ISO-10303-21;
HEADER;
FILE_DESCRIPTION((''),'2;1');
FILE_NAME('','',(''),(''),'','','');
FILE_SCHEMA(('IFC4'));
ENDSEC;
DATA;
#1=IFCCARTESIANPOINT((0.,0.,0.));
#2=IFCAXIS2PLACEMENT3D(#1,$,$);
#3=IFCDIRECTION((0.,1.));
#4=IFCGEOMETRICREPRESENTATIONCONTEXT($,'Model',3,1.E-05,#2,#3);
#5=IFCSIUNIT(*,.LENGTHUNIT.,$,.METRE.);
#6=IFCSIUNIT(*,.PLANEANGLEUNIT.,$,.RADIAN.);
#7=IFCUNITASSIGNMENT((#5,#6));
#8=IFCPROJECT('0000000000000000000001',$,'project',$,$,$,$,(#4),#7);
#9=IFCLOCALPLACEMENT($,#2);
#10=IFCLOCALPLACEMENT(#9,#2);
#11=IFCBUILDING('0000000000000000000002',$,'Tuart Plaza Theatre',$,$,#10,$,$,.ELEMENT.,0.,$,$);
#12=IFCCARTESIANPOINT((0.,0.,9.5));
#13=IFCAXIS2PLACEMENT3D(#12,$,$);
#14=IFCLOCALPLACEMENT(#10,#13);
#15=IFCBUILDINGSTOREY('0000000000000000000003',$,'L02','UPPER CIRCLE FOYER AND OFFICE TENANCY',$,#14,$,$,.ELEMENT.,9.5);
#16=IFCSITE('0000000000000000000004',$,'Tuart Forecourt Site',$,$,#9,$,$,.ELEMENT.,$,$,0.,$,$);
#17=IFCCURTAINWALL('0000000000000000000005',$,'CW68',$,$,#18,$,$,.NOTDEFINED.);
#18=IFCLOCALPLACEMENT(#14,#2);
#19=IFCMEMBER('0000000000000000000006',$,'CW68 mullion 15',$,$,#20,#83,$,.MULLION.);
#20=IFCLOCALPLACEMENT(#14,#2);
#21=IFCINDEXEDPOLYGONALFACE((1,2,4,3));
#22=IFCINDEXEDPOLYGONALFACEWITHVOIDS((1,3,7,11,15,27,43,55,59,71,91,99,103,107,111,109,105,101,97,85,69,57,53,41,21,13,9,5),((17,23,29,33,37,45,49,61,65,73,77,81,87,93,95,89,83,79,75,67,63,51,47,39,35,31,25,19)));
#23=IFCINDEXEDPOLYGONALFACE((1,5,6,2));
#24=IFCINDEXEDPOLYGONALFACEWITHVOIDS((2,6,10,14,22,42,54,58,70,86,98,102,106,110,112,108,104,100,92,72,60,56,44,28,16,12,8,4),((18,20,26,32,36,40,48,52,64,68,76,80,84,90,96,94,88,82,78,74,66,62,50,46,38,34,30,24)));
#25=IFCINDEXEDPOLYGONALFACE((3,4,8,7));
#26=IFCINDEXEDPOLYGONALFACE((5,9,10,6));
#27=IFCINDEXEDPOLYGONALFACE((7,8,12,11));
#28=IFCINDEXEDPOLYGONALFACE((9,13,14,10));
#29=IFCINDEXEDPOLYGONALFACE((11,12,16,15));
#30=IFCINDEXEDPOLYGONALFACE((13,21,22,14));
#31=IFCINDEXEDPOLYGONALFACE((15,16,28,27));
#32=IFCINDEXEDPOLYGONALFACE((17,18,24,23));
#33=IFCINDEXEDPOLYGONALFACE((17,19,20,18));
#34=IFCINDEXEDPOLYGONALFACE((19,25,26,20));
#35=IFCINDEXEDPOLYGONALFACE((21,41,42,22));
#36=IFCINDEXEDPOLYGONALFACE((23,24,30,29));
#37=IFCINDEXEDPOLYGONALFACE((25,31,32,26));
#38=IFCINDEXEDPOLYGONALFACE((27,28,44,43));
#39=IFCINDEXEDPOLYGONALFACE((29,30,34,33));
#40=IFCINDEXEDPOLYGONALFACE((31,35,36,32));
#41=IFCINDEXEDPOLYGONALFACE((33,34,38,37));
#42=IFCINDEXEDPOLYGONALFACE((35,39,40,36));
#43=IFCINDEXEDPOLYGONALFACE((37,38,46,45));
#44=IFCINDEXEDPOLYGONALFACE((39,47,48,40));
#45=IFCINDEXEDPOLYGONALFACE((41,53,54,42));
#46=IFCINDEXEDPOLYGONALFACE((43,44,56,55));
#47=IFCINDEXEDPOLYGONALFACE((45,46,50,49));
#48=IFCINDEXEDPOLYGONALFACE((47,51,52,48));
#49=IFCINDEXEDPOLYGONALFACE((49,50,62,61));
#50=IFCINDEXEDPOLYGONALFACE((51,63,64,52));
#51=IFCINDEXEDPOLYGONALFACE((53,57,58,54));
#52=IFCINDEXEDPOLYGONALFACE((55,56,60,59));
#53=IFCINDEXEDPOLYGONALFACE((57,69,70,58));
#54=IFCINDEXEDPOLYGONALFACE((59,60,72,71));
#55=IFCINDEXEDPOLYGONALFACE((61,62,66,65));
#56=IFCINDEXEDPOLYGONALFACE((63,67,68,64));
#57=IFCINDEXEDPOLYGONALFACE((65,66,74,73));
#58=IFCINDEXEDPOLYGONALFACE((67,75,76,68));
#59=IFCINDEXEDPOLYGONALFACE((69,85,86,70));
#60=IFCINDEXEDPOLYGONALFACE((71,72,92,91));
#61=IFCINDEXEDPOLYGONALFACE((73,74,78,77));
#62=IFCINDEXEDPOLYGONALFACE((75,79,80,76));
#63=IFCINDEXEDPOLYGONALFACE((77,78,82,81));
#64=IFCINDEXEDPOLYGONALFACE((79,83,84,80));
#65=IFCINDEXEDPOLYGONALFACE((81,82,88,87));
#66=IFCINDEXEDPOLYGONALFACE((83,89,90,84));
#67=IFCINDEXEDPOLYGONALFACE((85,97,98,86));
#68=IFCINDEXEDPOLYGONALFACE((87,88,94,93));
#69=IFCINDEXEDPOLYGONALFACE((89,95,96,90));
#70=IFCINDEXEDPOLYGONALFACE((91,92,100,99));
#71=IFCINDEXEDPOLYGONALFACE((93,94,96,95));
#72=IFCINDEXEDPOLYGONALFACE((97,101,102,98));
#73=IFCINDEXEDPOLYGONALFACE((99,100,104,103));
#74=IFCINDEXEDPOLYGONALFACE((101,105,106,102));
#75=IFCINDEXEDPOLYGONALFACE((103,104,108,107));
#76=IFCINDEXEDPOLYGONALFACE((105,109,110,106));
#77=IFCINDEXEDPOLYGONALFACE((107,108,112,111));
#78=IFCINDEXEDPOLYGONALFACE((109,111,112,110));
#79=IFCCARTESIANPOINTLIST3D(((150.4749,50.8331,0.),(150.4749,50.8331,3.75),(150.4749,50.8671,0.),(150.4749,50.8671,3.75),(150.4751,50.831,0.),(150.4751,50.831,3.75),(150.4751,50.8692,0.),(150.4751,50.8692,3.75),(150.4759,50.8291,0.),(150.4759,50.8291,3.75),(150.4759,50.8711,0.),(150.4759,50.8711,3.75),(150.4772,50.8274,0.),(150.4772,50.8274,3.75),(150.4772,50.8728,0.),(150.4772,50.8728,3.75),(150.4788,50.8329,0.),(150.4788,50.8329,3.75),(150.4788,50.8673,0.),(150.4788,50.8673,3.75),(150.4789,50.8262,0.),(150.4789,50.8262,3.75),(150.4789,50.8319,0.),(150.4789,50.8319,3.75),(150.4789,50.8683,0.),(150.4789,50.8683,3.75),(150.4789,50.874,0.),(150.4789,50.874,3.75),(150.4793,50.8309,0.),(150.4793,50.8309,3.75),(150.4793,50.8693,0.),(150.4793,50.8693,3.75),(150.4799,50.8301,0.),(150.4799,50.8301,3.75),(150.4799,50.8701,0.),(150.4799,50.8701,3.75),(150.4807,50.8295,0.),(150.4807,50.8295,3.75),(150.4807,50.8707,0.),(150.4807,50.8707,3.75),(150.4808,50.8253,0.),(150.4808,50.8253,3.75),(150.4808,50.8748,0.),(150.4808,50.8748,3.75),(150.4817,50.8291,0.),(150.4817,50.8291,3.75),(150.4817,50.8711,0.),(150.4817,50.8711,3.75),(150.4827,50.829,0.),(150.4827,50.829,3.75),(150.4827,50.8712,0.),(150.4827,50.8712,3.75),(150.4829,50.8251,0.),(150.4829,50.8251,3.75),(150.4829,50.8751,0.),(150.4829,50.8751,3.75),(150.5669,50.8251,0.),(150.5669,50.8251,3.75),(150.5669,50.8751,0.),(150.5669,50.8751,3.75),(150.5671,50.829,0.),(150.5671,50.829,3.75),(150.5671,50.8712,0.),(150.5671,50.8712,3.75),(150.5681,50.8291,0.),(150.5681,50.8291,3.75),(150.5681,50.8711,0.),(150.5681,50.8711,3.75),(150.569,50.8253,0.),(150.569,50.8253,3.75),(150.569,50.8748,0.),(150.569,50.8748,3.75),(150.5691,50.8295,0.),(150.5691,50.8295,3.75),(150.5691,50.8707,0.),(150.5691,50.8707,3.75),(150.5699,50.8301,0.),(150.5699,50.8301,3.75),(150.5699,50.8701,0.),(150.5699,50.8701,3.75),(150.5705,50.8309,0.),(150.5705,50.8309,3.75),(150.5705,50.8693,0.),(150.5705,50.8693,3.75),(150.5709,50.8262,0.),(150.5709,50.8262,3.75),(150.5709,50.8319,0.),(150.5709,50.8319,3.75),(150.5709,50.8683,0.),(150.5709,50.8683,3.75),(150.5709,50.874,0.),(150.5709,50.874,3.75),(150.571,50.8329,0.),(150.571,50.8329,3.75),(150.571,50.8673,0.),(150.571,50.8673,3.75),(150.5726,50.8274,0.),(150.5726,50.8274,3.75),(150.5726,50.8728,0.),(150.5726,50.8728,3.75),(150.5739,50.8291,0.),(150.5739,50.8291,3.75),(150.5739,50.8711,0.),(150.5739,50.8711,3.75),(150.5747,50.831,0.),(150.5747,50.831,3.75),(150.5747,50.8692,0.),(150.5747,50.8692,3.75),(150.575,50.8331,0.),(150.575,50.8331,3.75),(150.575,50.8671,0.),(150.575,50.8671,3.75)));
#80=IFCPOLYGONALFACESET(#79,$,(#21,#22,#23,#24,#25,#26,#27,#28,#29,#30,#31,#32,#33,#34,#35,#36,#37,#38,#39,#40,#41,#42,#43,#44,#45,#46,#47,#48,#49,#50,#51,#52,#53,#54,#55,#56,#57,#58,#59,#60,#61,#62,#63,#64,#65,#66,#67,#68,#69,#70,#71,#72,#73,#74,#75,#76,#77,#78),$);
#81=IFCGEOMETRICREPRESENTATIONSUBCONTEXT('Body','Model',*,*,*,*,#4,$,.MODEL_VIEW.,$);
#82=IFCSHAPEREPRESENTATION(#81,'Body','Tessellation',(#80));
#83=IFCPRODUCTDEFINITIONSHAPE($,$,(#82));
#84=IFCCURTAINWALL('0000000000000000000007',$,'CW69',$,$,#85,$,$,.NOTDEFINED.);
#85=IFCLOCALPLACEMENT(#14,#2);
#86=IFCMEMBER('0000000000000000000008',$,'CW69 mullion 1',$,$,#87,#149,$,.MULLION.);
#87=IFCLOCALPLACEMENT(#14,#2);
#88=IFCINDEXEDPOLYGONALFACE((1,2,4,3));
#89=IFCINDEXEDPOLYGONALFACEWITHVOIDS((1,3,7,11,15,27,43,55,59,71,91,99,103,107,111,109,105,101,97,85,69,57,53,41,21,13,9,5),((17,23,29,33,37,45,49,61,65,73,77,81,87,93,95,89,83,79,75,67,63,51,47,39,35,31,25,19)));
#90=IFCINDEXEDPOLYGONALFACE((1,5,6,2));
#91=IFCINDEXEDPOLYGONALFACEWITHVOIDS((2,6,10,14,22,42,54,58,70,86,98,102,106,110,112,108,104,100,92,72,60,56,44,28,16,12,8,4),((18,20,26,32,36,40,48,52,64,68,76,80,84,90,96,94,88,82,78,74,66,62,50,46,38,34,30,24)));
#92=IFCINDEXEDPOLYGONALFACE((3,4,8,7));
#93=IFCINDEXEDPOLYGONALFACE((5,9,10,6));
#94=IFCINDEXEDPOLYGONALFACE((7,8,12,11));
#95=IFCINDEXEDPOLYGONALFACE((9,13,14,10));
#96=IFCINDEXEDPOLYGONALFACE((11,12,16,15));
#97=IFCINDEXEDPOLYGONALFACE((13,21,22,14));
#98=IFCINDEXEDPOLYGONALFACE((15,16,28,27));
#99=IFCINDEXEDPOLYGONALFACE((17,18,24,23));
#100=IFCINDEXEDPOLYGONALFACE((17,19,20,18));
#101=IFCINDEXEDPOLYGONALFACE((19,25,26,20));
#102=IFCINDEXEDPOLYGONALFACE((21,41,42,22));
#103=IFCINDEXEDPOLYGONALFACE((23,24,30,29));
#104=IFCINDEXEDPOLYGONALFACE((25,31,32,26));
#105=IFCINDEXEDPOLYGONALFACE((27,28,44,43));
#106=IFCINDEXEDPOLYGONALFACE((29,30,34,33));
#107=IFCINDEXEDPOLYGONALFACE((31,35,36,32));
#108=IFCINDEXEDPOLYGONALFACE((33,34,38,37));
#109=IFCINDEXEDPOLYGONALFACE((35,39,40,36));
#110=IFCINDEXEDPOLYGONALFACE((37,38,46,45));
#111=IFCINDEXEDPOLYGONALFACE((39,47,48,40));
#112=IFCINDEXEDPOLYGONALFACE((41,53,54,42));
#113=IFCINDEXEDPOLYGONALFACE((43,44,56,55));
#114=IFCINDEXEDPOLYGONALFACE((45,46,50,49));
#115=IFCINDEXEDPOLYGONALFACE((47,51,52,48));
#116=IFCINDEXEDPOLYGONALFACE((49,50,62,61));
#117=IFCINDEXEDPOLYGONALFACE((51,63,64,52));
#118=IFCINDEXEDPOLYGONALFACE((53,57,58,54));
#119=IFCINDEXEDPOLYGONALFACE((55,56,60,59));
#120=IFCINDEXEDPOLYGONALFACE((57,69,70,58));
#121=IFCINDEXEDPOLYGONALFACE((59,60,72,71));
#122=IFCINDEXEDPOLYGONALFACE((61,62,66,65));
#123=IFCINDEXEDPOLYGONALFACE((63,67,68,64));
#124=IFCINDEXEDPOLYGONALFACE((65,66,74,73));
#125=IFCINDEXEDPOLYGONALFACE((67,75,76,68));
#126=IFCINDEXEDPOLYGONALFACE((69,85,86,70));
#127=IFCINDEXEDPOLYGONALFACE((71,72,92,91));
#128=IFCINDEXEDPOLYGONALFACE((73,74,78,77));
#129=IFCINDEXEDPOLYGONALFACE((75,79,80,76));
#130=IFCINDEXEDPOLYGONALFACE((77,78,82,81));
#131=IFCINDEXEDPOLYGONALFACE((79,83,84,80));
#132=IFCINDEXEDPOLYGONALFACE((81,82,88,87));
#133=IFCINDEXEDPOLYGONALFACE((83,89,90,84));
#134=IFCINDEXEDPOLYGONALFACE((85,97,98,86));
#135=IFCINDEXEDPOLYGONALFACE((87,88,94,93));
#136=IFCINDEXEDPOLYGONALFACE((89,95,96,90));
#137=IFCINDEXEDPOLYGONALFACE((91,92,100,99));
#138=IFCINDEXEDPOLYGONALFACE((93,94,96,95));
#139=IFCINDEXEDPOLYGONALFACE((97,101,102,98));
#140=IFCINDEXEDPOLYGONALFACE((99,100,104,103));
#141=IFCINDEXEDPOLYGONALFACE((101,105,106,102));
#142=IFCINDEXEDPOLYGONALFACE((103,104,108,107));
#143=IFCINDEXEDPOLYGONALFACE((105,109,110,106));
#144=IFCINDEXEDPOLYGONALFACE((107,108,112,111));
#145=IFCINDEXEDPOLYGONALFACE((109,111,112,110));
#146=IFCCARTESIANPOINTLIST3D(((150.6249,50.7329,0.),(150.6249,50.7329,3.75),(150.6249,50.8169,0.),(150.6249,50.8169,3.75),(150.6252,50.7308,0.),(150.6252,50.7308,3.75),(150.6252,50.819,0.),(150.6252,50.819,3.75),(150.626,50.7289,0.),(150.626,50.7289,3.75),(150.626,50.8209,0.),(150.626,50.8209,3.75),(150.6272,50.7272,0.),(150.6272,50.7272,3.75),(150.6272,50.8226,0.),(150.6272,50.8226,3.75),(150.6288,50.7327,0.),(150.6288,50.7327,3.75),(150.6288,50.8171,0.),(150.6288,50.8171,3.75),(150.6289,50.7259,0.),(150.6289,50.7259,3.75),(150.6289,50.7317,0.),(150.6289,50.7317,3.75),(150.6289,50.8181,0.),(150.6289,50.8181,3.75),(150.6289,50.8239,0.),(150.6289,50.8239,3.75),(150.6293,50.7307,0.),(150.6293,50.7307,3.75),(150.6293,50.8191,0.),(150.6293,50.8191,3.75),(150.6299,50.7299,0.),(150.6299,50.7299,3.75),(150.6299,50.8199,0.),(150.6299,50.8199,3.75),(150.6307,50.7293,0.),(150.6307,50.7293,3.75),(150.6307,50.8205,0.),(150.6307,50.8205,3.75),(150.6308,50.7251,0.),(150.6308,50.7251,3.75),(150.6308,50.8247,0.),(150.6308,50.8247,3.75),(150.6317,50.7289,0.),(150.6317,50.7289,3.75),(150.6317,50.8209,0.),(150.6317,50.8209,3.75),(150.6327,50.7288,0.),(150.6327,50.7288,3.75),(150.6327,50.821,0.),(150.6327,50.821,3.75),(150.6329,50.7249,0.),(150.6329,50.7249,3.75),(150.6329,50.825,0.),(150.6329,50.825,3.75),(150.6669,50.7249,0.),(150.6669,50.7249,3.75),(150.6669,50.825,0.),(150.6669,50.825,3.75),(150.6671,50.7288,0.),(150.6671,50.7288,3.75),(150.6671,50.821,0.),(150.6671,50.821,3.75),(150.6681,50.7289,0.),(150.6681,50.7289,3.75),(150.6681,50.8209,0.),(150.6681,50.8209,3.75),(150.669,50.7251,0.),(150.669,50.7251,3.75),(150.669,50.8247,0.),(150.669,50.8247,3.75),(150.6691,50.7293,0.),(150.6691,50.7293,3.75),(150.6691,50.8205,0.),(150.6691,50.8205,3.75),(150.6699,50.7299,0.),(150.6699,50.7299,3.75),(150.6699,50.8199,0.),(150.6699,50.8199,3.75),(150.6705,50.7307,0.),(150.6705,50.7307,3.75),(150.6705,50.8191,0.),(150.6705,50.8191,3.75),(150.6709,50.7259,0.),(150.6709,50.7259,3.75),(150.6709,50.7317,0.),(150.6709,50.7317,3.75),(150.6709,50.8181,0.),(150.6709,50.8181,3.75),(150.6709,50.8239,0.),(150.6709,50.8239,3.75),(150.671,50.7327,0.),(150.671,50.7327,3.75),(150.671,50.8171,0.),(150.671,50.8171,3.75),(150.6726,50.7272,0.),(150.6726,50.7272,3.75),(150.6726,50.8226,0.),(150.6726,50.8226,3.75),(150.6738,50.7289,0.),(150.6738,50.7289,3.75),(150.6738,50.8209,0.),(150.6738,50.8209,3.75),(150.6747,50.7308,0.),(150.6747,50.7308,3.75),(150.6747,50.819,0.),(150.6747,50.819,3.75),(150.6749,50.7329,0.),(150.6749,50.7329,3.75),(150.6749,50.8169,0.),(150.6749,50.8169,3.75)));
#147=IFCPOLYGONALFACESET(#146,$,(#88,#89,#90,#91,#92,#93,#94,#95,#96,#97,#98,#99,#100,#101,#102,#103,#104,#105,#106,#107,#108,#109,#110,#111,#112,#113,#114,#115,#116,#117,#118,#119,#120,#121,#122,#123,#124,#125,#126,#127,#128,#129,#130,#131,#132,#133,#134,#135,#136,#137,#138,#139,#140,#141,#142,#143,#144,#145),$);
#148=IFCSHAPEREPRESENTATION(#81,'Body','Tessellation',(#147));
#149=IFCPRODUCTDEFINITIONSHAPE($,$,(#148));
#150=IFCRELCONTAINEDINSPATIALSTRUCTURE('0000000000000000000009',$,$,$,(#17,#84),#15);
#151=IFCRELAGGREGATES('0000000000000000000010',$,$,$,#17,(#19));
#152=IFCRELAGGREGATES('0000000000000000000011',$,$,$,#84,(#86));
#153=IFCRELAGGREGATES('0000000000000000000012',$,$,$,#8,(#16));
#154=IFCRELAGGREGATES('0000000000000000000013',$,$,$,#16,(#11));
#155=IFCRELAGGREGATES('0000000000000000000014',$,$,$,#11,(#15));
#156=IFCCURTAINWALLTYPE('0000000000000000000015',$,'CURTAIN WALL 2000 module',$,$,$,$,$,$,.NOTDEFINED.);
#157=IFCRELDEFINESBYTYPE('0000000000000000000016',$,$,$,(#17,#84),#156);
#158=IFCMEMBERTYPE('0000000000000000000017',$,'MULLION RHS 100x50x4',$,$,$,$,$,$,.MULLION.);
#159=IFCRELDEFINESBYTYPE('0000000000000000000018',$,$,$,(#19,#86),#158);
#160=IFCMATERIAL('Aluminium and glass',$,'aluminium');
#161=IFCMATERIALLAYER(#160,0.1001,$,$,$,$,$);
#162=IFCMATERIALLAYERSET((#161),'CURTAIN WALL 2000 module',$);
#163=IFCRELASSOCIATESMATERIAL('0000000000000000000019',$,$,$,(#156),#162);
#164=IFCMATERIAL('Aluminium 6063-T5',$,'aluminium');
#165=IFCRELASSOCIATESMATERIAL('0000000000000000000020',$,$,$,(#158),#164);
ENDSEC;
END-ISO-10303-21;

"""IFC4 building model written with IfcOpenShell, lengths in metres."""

from ifc_helpers import new_model, si_unit, direction, frame, origin, origin_2d, place, context, subcontext, project, spatial, hollow_rectangle, extrude, material, layer, layer_set, material_profile, profile_set, type_object, element, aggregate, save


model = new_model("IFC4")

# Units and contexts
model_context = context("Model", 3, precision=1e-05, world=origin(), true_north=direction((0.0, 1.0)))
body_context = subcontext(model_context, "Body", "Model", "MODEL_VIEW")
ifc_project = project(units=[si_unit("LENGTHUNIT", "METRE"), si_unit("PLANEANGLEUNIT", "RADIAN")], contexts=[model_context])

# Site, building, storey
site_placement = place(None, origin())
site = spatial("IfcSite", under=ifc_project, at=site_placement, Name="Tuart Forecourt Site", CompositionType="ELEMENT", RefElevation=0.0)
building_placement = place(site_placement, origin())
building = spatial("IfcBuilding", under=site, at=building_placement, Name="Tuart Plaza Theatre", CompositionType="ELEMENT", ElevationOfRefHeight=0.0)
storey_placement = place(building_placement, frame((0.0, 0.0, 9.5)))
storey = spatial("IfcBuildingStorey", under=building, at=storey_placement, Name="L02", Description="UPPER CIRCLE FOYER AND OFFICE TENANCY", CompositionType="ELEMENT", Elevation=9.5)

# Curtain wall, member
ifc_material_1 = material(Name="Aluminium and glass", Category="aluminium")
ifc_layer_1 = layer(ifc_material_1, 0.1001)
ifc_layer_set_1 = layer_set([ifc_layer_1], Name="CURTAIN WALL 2000 module")
curtain_wall_type = type_object("IfcCurtainWallType", Name="CURTAIN WALL 2000 module", PredefinedType="NOTDEFINED", material=ifc_layer_set_1)
curtain_wall_1_placement = place(storey_placement, origin())
curtain_wall_1 = element("IfcCurtainWall", 1, at=curtain_wall_1_placement, inside=storey, type_object=curtain_wall_type, Name="CW68", PredefinedType="NOTDEFINED")
ifc_material_2 = material(Name="Aluminium 6063-T5", Category="aluminium")
ifc_material_profile_1 = material_profile(ifc_material_2, hollow_rectangle(XDim=0.05, YDim=0.1001, WallThickness=0.0039, InnerFilletRadius=0.0039, OuterFilletRadius=0.0081, at=origin_2d()), Name="RHS 100x50x4")
ifc_profile_set_1 = profile_set([ifc_material_profile_1], Name="Aluminium 6063-T5")
member_type_1 = type_object("IfcMemberType", Name="MULLION RHS 100x50x4", PredefinedType="MULLION", material=ifc_profile_set_1)
member_1_placement = place(storey_placement, frame((150.5249, 50.8501, 0.0), z_axis=(0.0, 0.0, 1.0), x_axis=(0.0, 1.0, 0.0)))
member_1 = element("IfcMember", 2, at=member_1_placement, type_object=member_type_1, Name="CW68 mullion 15", PredefinedType="MULLION", context=body_context, shape_type="SweptSolid", body=[
    extrude(hollow_rectangle(XDim=0.05, YDim=0.1001, WallThickness=0.0039, InnerFilletRadius=0.0039, OuterFilletRadius=0.0081, at=origin_2d()), origin(), (0.0, 0.0, 1.0), 3.75),
])

# Curtain wall, member
curtain_wall_2_placement = place(storey_placement, origin())
curtain_wall_2 = element("IfcCurtainWall", 3, at=curtain_wall_2_placement, inside=storey, type_object=curtain_wall_type, Name="CW69", PredefinedType="NOTDEFINED")
member_2_placement = place(storey_placement, frame((150.6499, 50.7749, 0.0), z_axis=(0.0, 0.0, 1.0), x_axis=(-1.0, 0.0, 0.0)))
member_2 = element("IfcMember", 4, at=member_2_placement, type_object=member_type_1, Name="CW69 mullion 1", PredefinedType="MULLION", context=body_context, shape_type="SweptSolid", body=[
    extrude(hollow_rectangle(XDim=0.05, YDim=0.1001, WallThickness=0.0039, InnerFilletRadius=0.0039, OuterFilletRadius=0.0081, at=origin_2d()), origin(), (0.0, 0.0, 1.0), 3.75),
])

aggregate(curtain_wall_1, [member_1])
aggregate(curtain_wall_2, [member_2])

save(model, "model.ifc")
